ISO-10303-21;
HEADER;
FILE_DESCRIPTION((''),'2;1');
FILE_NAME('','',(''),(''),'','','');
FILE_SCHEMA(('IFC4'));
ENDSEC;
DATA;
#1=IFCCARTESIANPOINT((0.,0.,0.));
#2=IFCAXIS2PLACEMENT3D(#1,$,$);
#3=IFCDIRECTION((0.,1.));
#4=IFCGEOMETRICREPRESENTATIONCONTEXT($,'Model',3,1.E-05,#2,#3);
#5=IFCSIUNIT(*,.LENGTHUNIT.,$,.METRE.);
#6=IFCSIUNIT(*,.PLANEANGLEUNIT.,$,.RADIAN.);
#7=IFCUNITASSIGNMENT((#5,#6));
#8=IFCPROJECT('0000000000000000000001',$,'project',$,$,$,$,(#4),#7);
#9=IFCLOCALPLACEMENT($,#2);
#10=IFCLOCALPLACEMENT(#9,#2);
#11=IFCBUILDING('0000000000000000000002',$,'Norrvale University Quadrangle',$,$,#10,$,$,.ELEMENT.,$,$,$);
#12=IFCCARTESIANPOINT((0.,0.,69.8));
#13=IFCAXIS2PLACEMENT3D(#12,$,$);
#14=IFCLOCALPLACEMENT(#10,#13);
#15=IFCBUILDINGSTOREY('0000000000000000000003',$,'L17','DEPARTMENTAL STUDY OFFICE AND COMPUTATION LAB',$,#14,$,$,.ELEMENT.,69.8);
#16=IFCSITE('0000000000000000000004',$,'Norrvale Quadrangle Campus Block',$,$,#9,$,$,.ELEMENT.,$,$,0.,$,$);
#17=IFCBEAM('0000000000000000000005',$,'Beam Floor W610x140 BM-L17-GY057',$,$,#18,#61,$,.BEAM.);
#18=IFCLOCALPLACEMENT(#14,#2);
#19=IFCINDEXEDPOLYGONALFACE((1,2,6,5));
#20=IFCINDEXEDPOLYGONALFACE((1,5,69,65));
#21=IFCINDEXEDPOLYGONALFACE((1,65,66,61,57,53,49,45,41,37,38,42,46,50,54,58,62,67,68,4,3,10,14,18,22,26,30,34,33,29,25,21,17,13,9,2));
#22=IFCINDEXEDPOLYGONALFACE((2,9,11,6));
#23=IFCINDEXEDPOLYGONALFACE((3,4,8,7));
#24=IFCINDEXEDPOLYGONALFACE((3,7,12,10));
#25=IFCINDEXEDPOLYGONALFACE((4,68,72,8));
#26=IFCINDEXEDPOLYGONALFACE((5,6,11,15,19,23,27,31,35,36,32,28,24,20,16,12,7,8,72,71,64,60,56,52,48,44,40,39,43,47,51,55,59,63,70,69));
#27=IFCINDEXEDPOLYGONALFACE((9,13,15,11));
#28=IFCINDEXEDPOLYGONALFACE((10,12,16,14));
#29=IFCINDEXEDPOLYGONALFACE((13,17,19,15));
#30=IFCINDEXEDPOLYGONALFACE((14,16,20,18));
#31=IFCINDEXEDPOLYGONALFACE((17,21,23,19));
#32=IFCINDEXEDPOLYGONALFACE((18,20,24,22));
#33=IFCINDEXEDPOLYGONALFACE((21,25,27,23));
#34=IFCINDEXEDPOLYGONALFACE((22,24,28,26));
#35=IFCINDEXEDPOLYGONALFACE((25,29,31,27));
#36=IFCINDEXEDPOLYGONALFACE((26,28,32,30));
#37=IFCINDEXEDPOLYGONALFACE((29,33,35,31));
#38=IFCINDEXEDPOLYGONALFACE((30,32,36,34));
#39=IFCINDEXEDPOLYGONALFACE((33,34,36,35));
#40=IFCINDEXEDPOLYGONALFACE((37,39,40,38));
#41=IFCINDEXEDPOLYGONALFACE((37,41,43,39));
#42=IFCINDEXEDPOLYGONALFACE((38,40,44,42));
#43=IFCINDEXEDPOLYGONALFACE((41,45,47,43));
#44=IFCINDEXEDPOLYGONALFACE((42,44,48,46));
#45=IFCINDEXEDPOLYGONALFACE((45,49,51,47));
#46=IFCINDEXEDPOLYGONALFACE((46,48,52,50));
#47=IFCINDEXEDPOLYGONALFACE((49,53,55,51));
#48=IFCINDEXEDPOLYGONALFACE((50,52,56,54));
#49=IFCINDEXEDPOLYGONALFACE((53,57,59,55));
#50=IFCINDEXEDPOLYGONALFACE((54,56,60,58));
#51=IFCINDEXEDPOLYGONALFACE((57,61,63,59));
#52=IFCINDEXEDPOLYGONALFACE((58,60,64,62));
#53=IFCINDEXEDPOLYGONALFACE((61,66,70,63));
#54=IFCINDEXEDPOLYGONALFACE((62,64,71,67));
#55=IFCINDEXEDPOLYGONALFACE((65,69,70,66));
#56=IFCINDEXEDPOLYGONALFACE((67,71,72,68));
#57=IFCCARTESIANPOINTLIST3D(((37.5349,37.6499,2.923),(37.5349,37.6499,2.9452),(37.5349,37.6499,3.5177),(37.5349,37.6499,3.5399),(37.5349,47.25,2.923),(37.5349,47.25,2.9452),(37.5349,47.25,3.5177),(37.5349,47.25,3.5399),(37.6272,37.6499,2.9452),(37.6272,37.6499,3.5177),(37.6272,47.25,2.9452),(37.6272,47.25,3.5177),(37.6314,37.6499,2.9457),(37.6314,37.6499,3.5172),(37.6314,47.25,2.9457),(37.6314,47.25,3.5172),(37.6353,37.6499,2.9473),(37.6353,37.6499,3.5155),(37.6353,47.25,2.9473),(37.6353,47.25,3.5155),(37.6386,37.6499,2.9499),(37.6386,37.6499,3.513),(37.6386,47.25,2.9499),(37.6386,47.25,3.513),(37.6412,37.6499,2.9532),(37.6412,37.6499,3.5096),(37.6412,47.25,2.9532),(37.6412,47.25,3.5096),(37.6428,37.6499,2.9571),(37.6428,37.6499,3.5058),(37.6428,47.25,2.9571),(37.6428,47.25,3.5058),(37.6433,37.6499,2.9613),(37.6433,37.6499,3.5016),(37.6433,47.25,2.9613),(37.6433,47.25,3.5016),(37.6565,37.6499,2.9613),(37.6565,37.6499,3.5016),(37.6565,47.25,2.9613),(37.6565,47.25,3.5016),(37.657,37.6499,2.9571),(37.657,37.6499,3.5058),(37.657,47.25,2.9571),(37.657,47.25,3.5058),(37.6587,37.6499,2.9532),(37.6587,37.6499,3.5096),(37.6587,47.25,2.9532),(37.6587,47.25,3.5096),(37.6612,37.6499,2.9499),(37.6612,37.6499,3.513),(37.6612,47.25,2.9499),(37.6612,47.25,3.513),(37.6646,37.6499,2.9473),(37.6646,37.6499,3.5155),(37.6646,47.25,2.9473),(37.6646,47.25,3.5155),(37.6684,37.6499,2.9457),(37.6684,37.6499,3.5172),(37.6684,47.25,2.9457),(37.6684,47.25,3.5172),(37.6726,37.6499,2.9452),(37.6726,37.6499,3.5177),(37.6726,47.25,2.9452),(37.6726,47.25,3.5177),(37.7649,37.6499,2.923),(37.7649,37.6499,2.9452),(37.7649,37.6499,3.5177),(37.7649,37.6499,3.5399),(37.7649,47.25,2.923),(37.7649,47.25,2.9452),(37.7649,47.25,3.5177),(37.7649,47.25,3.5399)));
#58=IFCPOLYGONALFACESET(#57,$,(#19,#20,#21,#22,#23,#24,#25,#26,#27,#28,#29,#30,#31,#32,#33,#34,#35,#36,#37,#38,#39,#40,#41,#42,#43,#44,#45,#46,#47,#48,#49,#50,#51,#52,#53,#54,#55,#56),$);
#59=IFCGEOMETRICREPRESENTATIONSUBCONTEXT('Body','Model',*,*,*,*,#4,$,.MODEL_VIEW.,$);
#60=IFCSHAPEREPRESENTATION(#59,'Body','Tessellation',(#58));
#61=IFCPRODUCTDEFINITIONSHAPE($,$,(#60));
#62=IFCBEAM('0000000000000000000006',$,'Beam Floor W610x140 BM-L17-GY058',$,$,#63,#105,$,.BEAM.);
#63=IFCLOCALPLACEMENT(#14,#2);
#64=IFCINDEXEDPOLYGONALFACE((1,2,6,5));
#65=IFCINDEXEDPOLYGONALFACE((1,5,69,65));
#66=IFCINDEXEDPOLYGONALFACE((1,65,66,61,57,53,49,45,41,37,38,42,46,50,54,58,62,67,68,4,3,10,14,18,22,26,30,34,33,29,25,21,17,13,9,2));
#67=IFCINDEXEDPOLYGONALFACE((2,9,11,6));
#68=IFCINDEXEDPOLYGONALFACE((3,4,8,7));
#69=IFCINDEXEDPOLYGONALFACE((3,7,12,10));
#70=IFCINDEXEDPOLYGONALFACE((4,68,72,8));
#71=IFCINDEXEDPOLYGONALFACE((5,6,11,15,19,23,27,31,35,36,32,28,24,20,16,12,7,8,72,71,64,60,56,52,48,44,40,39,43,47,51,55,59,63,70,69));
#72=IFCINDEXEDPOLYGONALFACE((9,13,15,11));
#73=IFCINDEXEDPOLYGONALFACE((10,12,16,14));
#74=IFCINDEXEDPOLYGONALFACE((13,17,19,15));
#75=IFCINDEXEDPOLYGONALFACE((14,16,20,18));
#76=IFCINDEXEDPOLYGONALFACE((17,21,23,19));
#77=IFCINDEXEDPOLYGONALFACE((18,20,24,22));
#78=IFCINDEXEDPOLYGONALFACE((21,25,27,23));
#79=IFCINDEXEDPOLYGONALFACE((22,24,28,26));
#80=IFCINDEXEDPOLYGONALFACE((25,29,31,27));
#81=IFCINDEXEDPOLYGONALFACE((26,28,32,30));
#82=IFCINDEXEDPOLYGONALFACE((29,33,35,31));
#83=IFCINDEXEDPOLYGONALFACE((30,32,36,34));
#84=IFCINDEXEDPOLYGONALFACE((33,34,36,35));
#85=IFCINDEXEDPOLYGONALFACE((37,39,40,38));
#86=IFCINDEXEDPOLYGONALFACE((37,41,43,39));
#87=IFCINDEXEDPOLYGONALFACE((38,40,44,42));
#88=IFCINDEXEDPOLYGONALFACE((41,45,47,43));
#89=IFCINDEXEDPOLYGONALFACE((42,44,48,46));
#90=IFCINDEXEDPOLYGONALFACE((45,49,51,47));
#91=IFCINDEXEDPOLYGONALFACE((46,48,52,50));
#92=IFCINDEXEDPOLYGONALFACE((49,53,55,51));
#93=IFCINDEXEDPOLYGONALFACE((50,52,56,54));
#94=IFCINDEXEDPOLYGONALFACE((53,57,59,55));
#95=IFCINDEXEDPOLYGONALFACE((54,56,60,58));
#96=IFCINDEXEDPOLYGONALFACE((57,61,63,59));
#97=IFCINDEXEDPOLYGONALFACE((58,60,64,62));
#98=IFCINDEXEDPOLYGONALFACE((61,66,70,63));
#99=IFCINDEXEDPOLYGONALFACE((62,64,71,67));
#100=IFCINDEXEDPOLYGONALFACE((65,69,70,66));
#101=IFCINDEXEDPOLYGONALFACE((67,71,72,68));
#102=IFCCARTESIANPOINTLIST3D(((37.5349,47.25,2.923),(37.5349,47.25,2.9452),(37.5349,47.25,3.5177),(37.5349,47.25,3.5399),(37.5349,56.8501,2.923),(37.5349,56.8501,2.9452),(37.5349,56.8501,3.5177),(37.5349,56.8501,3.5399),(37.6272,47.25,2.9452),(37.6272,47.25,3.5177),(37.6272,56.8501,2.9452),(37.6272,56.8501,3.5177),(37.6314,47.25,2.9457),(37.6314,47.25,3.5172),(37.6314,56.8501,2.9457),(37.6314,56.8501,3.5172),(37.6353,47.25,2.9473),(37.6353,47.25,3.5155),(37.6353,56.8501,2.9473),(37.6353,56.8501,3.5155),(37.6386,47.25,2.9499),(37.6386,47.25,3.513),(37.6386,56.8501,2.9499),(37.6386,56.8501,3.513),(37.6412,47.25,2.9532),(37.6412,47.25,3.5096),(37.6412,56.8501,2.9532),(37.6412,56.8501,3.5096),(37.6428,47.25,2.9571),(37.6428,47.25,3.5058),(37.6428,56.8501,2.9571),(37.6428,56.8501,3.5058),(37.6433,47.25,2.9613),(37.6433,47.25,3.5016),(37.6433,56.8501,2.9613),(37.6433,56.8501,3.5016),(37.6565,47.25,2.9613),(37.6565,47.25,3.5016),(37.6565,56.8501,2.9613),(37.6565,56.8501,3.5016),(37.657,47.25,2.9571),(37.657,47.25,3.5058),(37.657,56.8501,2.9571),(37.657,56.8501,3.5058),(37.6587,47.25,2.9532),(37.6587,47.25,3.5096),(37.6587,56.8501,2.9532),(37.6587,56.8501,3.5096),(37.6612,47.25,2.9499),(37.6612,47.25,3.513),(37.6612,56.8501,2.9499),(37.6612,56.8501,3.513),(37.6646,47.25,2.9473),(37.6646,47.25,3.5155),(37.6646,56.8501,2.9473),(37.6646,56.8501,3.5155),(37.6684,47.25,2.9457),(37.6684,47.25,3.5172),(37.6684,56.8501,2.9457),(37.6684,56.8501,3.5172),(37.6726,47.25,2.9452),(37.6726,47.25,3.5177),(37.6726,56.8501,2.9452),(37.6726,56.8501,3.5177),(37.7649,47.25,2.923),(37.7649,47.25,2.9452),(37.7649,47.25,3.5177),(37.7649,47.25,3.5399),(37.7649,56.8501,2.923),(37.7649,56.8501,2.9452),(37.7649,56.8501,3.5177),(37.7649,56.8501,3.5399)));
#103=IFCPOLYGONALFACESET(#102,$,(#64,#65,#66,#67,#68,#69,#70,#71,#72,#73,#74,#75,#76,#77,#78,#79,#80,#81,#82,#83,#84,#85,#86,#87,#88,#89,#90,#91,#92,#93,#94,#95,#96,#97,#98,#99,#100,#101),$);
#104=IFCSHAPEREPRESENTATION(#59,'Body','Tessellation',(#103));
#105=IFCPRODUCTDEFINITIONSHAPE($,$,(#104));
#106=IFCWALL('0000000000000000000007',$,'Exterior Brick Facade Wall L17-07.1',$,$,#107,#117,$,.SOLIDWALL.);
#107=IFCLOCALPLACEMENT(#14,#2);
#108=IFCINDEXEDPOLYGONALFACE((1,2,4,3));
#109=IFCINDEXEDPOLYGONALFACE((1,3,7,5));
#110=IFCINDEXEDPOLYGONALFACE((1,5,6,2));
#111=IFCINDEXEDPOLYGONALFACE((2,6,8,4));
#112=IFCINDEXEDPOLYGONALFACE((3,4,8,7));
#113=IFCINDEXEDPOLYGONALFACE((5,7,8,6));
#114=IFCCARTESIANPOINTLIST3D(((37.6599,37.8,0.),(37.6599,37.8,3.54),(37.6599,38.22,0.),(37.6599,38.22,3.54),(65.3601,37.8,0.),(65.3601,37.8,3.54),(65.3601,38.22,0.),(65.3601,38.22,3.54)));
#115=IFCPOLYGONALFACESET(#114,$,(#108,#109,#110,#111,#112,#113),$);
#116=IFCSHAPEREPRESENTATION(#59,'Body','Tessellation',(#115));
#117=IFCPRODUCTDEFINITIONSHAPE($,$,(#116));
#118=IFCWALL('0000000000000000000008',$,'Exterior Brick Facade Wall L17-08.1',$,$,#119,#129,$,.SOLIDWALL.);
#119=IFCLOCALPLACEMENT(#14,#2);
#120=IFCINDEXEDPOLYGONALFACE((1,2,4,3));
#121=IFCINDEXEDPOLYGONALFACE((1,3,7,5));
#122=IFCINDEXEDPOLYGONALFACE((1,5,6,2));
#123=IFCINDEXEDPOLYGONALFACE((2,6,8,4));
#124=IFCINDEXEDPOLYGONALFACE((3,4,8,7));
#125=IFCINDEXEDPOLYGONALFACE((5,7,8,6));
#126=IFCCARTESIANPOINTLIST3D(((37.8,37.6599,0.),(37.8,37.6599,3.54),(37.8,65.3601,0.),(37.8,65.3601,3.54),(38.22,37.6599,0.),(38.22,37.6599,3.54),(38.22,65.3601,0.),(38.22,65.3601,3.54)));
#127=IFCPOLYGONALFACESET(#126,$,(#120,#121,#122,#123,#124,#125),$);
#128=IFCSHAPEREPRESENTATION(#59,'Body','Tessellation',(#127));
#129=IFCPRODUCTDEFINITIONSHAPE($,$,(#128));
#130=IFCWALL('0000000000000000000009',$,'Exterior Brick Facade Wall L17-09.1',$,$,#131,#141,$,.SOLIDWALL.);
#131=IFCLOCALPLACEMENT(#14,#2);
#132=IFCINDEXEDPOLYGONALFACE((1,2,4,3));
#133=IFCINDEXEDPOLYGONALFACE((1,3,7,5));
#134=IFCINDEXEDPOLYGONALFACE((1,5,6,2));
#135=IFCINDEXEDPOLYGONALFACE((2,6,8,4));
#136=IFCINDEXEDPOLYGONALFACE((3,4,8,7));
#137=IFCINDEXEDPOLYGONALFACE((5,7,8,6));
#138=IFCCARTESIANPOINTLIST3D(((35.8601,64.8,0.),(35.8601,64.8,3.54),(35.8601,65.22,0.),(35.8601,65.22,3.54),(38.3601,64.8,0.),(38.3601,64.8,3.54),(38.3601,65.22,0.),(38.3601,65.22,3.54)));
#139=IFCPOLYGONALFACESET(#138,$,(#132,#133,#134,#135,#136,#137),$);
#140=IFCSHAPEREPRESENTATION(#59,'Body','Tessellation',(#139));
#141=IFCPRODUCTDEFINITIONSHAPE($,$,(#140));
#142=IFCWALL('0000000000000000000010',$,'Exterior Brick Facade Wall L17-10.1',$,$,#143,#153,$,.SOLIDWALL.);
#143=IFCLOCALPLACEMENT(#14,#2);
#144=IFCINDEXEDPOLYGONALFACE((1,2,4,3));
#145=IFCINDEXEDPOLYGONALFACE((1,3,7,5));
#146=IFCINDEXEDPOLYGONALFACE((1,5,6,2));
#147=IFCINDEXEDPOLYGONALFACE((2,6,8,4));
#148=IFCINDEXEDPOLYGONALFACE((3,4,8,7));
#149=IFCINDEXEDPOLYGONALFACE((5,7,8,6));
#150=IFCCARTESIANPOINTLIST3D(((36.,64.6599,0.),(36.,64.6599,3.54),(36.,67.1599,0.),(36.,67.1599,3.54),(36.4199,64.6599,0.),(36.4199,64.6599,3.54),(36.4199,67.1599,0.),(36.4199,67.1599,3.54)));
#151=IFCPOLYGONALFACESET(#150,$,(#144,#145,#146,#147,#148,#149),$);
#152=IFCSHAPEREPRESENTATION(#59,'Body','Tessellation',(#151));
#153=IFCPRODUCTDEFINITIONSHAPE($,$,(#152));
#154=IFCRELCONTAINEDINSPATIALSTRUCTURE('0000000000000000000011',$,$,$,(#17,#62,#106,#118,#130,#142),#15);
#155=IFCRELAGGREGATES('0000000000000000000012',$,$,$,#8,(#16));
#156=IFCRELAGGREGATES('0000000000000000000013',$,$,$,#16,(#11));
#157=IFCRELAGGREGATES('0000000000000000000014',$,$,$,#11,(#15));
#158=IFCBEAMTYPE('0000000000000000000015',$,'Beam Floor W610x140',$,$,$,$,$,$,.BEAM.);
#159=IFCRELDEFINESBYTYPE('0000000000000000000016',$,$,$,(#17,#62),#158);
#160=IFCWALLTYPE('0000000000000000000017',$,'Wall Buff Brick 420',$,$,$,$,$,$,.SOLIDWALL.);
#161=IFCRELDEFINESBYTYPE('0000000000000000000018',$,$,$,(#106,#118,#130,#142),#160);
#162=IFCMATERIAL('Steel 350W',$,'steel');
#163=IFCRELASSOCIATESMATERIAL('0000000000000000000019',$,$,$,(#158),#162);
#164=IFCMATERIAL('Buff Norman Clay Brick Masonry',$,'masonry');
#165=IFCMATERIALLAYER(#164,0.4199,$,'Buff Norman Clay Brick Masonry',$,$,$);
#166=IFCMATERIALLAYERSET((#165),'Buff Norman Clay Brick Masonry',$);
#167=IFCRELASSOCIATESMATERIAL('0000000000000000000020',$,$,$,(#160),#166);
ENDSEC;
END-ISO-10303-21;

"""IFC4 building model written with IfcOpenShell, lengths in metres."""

from ifc_helpers import new_model, si_unit, direction, frame, frame_2d, origin, origin_2d, place, context, subcontext, project, spatial, rectangle, i_section, extrude, material, layer, layer_set, material_profile, profile_set, type_object, element, save


model = new_model("IFC4")

# Units and contexts
model_context = context("Model", 3, precision=1e-05, world=origin(), true_north=direction((0.0, 1.0)))
body_context = subcontext(model_context, "Body", "Model", "MODEL_VIEW")
ifc_project = project(units=[si_unit("LENGTHUNIT", "METRE"), si_unit("PLANEANGLEUNIT", "RADIAN")], contexts=[model_context])

# Site, building, storey
site_placement = place(None, origin())
site = spatial("IfcSite", under=ifc_project, at=site_placement, Name="Norrvale Quadrangle Campus Block", CompositionType="ELEMENT", RefElevation=0.0)
building_placement = place(site_placement, origin())
building = spatial("IfcBuilding", under=site, at=building_placement, Name="Norrvale University Quadrangle", CompositionType="ELEMENT")
storey_placement = place(building_placement, frame((0.0, 0.0, 69.8)))
storey = spatial("IfcBuildingStorey", under=building, at=storey_placement, Name="L17", Description="DEPARTMENTAL STUDY OFFICE AND COMPUTATION LAB", CompositionType="ELEMENT", Elevation=69.8)

# Beams
ifc_material_1 = material(Name="Steel 350W", Category="steel")
ifc_material_profile_1 = material_profile(ifc_material_1, i_section(OverallWidth=0.23, OverallDepth=0.6169, WebThickness=0.0132, FlangeThickness=0.0222, FilletRadius=0.0161, at=origin_2d()), Name="Steel 350W")
ifc_profile_set_1 = profile_set([ifc_material_profile_1], Name="Steel 350W")
beam_type_1 = type_object("IfcBeamType", Name="Beam Floor W610x140", PredefinedType="BEAM", material=ifc_profile_set_1)
for number, where, z_axis, x_axis, name in (
    (1, (37.6499, 37.6499, 3.2314), (0.0, 1.0, 0.0), (-1.0, 0.0, 0.0), "Beam Floor W610x140 BM-L17-GY057"),
    (2, (37.6499, 47.25, 3.2314), (0.0, 1.0, 0.0), (-1.0, 0.0, 0.0), "Beam Floor W610x140 BM-L17-GY058"),
):
    element("IfcBeam", number, at=place(storey_placement, frame(where, z_axis=z_axis, x_axis=x_axis)), inside=storey, type_object=beam_type_1, Name=name, PredefinedType="BEAM", context=body_context, shape_type="SweptSolid", body=[
        extrude(i_section(OverallWidth=0.23, OverallDepth=0.6169, WebThickness=0.0132, FlangeThickness=0.0222, FilletRadius=0.0161, at=origin_2d()), origin(), (0.0, 0.0, 1.0), 9.6001),
    ])

# Walls
ifc_material_2 = material(Name="Buff Norman Clay Brick Masonry", Category="masonry")
ifc_layer = layer(ifc_material_2, 0.4199, Name="Buff Norman Clay Brick Masonry")
ifc_layer_set = layer_set([ifc_layer], Name="Buff Norman Clay Brick Masonry")
wall_type = type_object("IfcWallType", Name="Wall Buff Brick 420", PredefinedType="SOLIDWALL", material=ifc_layer_set)
for number, where, z_axis, x_axis, name in (
    (3, (65.3601, 38.01, 0.0), (0.0, 0.0, 1.0), (-1.0, 0.0, 0.0), "Exterior Brick Facade Wall L17-07.1"),
    (4, (38.01, 37.6599, 0.0), (0.0, 0.0, 1.0), (0.0, 1.0, 0.0), "Exterior Brick Facade Wall L17-08.1"),
):
    element("IfcWall", number, at=place(storey_placement, frame(where, z_axis=z_axis, x_axis=x_axis)), inside=storey, type_object=wall_type, Name=name, PredefinedType="SOLIDWALL", context=body_context, shape_type="SweptSolid", body=[
        extrude(rectangle(XDim=27.7002, YDim=0.4199, at=frame_2d((13.8501, 0.0))), origin(), (0.0, 0.0, 1.0), 3.54),
    ])
for number, where, z_axis, x_axis, name in (
    (5, (38.3601, 65.01, 0.0), (0.0, 0.0, 1.0), (-1.0, 0.0, 0.0), "Exterior Brick Facade Wall L17-09.1"),
    (6, (36.21, 64.6599, 0.0), (0.0, 0.0, 1.0), (0.0, 1.0, 0.0), "Exterior Brick Facade Wall L17-10.1"),
):
    element("IfcWall", number, at=place(storey_placement, frame(where, z_axis=z_axis, x_axis=x_axis)), inside=storey, type_object=wall_type, Name=name, PredefinedType="SOLIDWALL", context=body_context, shape_type="SweptSolid", body=[
        extrude(rectangle(XDim=2.5, YDim=0.4199, at=frame_2d((1.25, 0.0))), origin(), (0.0, 0.0, 1.0), 3.54),
    ])

save(model, "model.ifc")
